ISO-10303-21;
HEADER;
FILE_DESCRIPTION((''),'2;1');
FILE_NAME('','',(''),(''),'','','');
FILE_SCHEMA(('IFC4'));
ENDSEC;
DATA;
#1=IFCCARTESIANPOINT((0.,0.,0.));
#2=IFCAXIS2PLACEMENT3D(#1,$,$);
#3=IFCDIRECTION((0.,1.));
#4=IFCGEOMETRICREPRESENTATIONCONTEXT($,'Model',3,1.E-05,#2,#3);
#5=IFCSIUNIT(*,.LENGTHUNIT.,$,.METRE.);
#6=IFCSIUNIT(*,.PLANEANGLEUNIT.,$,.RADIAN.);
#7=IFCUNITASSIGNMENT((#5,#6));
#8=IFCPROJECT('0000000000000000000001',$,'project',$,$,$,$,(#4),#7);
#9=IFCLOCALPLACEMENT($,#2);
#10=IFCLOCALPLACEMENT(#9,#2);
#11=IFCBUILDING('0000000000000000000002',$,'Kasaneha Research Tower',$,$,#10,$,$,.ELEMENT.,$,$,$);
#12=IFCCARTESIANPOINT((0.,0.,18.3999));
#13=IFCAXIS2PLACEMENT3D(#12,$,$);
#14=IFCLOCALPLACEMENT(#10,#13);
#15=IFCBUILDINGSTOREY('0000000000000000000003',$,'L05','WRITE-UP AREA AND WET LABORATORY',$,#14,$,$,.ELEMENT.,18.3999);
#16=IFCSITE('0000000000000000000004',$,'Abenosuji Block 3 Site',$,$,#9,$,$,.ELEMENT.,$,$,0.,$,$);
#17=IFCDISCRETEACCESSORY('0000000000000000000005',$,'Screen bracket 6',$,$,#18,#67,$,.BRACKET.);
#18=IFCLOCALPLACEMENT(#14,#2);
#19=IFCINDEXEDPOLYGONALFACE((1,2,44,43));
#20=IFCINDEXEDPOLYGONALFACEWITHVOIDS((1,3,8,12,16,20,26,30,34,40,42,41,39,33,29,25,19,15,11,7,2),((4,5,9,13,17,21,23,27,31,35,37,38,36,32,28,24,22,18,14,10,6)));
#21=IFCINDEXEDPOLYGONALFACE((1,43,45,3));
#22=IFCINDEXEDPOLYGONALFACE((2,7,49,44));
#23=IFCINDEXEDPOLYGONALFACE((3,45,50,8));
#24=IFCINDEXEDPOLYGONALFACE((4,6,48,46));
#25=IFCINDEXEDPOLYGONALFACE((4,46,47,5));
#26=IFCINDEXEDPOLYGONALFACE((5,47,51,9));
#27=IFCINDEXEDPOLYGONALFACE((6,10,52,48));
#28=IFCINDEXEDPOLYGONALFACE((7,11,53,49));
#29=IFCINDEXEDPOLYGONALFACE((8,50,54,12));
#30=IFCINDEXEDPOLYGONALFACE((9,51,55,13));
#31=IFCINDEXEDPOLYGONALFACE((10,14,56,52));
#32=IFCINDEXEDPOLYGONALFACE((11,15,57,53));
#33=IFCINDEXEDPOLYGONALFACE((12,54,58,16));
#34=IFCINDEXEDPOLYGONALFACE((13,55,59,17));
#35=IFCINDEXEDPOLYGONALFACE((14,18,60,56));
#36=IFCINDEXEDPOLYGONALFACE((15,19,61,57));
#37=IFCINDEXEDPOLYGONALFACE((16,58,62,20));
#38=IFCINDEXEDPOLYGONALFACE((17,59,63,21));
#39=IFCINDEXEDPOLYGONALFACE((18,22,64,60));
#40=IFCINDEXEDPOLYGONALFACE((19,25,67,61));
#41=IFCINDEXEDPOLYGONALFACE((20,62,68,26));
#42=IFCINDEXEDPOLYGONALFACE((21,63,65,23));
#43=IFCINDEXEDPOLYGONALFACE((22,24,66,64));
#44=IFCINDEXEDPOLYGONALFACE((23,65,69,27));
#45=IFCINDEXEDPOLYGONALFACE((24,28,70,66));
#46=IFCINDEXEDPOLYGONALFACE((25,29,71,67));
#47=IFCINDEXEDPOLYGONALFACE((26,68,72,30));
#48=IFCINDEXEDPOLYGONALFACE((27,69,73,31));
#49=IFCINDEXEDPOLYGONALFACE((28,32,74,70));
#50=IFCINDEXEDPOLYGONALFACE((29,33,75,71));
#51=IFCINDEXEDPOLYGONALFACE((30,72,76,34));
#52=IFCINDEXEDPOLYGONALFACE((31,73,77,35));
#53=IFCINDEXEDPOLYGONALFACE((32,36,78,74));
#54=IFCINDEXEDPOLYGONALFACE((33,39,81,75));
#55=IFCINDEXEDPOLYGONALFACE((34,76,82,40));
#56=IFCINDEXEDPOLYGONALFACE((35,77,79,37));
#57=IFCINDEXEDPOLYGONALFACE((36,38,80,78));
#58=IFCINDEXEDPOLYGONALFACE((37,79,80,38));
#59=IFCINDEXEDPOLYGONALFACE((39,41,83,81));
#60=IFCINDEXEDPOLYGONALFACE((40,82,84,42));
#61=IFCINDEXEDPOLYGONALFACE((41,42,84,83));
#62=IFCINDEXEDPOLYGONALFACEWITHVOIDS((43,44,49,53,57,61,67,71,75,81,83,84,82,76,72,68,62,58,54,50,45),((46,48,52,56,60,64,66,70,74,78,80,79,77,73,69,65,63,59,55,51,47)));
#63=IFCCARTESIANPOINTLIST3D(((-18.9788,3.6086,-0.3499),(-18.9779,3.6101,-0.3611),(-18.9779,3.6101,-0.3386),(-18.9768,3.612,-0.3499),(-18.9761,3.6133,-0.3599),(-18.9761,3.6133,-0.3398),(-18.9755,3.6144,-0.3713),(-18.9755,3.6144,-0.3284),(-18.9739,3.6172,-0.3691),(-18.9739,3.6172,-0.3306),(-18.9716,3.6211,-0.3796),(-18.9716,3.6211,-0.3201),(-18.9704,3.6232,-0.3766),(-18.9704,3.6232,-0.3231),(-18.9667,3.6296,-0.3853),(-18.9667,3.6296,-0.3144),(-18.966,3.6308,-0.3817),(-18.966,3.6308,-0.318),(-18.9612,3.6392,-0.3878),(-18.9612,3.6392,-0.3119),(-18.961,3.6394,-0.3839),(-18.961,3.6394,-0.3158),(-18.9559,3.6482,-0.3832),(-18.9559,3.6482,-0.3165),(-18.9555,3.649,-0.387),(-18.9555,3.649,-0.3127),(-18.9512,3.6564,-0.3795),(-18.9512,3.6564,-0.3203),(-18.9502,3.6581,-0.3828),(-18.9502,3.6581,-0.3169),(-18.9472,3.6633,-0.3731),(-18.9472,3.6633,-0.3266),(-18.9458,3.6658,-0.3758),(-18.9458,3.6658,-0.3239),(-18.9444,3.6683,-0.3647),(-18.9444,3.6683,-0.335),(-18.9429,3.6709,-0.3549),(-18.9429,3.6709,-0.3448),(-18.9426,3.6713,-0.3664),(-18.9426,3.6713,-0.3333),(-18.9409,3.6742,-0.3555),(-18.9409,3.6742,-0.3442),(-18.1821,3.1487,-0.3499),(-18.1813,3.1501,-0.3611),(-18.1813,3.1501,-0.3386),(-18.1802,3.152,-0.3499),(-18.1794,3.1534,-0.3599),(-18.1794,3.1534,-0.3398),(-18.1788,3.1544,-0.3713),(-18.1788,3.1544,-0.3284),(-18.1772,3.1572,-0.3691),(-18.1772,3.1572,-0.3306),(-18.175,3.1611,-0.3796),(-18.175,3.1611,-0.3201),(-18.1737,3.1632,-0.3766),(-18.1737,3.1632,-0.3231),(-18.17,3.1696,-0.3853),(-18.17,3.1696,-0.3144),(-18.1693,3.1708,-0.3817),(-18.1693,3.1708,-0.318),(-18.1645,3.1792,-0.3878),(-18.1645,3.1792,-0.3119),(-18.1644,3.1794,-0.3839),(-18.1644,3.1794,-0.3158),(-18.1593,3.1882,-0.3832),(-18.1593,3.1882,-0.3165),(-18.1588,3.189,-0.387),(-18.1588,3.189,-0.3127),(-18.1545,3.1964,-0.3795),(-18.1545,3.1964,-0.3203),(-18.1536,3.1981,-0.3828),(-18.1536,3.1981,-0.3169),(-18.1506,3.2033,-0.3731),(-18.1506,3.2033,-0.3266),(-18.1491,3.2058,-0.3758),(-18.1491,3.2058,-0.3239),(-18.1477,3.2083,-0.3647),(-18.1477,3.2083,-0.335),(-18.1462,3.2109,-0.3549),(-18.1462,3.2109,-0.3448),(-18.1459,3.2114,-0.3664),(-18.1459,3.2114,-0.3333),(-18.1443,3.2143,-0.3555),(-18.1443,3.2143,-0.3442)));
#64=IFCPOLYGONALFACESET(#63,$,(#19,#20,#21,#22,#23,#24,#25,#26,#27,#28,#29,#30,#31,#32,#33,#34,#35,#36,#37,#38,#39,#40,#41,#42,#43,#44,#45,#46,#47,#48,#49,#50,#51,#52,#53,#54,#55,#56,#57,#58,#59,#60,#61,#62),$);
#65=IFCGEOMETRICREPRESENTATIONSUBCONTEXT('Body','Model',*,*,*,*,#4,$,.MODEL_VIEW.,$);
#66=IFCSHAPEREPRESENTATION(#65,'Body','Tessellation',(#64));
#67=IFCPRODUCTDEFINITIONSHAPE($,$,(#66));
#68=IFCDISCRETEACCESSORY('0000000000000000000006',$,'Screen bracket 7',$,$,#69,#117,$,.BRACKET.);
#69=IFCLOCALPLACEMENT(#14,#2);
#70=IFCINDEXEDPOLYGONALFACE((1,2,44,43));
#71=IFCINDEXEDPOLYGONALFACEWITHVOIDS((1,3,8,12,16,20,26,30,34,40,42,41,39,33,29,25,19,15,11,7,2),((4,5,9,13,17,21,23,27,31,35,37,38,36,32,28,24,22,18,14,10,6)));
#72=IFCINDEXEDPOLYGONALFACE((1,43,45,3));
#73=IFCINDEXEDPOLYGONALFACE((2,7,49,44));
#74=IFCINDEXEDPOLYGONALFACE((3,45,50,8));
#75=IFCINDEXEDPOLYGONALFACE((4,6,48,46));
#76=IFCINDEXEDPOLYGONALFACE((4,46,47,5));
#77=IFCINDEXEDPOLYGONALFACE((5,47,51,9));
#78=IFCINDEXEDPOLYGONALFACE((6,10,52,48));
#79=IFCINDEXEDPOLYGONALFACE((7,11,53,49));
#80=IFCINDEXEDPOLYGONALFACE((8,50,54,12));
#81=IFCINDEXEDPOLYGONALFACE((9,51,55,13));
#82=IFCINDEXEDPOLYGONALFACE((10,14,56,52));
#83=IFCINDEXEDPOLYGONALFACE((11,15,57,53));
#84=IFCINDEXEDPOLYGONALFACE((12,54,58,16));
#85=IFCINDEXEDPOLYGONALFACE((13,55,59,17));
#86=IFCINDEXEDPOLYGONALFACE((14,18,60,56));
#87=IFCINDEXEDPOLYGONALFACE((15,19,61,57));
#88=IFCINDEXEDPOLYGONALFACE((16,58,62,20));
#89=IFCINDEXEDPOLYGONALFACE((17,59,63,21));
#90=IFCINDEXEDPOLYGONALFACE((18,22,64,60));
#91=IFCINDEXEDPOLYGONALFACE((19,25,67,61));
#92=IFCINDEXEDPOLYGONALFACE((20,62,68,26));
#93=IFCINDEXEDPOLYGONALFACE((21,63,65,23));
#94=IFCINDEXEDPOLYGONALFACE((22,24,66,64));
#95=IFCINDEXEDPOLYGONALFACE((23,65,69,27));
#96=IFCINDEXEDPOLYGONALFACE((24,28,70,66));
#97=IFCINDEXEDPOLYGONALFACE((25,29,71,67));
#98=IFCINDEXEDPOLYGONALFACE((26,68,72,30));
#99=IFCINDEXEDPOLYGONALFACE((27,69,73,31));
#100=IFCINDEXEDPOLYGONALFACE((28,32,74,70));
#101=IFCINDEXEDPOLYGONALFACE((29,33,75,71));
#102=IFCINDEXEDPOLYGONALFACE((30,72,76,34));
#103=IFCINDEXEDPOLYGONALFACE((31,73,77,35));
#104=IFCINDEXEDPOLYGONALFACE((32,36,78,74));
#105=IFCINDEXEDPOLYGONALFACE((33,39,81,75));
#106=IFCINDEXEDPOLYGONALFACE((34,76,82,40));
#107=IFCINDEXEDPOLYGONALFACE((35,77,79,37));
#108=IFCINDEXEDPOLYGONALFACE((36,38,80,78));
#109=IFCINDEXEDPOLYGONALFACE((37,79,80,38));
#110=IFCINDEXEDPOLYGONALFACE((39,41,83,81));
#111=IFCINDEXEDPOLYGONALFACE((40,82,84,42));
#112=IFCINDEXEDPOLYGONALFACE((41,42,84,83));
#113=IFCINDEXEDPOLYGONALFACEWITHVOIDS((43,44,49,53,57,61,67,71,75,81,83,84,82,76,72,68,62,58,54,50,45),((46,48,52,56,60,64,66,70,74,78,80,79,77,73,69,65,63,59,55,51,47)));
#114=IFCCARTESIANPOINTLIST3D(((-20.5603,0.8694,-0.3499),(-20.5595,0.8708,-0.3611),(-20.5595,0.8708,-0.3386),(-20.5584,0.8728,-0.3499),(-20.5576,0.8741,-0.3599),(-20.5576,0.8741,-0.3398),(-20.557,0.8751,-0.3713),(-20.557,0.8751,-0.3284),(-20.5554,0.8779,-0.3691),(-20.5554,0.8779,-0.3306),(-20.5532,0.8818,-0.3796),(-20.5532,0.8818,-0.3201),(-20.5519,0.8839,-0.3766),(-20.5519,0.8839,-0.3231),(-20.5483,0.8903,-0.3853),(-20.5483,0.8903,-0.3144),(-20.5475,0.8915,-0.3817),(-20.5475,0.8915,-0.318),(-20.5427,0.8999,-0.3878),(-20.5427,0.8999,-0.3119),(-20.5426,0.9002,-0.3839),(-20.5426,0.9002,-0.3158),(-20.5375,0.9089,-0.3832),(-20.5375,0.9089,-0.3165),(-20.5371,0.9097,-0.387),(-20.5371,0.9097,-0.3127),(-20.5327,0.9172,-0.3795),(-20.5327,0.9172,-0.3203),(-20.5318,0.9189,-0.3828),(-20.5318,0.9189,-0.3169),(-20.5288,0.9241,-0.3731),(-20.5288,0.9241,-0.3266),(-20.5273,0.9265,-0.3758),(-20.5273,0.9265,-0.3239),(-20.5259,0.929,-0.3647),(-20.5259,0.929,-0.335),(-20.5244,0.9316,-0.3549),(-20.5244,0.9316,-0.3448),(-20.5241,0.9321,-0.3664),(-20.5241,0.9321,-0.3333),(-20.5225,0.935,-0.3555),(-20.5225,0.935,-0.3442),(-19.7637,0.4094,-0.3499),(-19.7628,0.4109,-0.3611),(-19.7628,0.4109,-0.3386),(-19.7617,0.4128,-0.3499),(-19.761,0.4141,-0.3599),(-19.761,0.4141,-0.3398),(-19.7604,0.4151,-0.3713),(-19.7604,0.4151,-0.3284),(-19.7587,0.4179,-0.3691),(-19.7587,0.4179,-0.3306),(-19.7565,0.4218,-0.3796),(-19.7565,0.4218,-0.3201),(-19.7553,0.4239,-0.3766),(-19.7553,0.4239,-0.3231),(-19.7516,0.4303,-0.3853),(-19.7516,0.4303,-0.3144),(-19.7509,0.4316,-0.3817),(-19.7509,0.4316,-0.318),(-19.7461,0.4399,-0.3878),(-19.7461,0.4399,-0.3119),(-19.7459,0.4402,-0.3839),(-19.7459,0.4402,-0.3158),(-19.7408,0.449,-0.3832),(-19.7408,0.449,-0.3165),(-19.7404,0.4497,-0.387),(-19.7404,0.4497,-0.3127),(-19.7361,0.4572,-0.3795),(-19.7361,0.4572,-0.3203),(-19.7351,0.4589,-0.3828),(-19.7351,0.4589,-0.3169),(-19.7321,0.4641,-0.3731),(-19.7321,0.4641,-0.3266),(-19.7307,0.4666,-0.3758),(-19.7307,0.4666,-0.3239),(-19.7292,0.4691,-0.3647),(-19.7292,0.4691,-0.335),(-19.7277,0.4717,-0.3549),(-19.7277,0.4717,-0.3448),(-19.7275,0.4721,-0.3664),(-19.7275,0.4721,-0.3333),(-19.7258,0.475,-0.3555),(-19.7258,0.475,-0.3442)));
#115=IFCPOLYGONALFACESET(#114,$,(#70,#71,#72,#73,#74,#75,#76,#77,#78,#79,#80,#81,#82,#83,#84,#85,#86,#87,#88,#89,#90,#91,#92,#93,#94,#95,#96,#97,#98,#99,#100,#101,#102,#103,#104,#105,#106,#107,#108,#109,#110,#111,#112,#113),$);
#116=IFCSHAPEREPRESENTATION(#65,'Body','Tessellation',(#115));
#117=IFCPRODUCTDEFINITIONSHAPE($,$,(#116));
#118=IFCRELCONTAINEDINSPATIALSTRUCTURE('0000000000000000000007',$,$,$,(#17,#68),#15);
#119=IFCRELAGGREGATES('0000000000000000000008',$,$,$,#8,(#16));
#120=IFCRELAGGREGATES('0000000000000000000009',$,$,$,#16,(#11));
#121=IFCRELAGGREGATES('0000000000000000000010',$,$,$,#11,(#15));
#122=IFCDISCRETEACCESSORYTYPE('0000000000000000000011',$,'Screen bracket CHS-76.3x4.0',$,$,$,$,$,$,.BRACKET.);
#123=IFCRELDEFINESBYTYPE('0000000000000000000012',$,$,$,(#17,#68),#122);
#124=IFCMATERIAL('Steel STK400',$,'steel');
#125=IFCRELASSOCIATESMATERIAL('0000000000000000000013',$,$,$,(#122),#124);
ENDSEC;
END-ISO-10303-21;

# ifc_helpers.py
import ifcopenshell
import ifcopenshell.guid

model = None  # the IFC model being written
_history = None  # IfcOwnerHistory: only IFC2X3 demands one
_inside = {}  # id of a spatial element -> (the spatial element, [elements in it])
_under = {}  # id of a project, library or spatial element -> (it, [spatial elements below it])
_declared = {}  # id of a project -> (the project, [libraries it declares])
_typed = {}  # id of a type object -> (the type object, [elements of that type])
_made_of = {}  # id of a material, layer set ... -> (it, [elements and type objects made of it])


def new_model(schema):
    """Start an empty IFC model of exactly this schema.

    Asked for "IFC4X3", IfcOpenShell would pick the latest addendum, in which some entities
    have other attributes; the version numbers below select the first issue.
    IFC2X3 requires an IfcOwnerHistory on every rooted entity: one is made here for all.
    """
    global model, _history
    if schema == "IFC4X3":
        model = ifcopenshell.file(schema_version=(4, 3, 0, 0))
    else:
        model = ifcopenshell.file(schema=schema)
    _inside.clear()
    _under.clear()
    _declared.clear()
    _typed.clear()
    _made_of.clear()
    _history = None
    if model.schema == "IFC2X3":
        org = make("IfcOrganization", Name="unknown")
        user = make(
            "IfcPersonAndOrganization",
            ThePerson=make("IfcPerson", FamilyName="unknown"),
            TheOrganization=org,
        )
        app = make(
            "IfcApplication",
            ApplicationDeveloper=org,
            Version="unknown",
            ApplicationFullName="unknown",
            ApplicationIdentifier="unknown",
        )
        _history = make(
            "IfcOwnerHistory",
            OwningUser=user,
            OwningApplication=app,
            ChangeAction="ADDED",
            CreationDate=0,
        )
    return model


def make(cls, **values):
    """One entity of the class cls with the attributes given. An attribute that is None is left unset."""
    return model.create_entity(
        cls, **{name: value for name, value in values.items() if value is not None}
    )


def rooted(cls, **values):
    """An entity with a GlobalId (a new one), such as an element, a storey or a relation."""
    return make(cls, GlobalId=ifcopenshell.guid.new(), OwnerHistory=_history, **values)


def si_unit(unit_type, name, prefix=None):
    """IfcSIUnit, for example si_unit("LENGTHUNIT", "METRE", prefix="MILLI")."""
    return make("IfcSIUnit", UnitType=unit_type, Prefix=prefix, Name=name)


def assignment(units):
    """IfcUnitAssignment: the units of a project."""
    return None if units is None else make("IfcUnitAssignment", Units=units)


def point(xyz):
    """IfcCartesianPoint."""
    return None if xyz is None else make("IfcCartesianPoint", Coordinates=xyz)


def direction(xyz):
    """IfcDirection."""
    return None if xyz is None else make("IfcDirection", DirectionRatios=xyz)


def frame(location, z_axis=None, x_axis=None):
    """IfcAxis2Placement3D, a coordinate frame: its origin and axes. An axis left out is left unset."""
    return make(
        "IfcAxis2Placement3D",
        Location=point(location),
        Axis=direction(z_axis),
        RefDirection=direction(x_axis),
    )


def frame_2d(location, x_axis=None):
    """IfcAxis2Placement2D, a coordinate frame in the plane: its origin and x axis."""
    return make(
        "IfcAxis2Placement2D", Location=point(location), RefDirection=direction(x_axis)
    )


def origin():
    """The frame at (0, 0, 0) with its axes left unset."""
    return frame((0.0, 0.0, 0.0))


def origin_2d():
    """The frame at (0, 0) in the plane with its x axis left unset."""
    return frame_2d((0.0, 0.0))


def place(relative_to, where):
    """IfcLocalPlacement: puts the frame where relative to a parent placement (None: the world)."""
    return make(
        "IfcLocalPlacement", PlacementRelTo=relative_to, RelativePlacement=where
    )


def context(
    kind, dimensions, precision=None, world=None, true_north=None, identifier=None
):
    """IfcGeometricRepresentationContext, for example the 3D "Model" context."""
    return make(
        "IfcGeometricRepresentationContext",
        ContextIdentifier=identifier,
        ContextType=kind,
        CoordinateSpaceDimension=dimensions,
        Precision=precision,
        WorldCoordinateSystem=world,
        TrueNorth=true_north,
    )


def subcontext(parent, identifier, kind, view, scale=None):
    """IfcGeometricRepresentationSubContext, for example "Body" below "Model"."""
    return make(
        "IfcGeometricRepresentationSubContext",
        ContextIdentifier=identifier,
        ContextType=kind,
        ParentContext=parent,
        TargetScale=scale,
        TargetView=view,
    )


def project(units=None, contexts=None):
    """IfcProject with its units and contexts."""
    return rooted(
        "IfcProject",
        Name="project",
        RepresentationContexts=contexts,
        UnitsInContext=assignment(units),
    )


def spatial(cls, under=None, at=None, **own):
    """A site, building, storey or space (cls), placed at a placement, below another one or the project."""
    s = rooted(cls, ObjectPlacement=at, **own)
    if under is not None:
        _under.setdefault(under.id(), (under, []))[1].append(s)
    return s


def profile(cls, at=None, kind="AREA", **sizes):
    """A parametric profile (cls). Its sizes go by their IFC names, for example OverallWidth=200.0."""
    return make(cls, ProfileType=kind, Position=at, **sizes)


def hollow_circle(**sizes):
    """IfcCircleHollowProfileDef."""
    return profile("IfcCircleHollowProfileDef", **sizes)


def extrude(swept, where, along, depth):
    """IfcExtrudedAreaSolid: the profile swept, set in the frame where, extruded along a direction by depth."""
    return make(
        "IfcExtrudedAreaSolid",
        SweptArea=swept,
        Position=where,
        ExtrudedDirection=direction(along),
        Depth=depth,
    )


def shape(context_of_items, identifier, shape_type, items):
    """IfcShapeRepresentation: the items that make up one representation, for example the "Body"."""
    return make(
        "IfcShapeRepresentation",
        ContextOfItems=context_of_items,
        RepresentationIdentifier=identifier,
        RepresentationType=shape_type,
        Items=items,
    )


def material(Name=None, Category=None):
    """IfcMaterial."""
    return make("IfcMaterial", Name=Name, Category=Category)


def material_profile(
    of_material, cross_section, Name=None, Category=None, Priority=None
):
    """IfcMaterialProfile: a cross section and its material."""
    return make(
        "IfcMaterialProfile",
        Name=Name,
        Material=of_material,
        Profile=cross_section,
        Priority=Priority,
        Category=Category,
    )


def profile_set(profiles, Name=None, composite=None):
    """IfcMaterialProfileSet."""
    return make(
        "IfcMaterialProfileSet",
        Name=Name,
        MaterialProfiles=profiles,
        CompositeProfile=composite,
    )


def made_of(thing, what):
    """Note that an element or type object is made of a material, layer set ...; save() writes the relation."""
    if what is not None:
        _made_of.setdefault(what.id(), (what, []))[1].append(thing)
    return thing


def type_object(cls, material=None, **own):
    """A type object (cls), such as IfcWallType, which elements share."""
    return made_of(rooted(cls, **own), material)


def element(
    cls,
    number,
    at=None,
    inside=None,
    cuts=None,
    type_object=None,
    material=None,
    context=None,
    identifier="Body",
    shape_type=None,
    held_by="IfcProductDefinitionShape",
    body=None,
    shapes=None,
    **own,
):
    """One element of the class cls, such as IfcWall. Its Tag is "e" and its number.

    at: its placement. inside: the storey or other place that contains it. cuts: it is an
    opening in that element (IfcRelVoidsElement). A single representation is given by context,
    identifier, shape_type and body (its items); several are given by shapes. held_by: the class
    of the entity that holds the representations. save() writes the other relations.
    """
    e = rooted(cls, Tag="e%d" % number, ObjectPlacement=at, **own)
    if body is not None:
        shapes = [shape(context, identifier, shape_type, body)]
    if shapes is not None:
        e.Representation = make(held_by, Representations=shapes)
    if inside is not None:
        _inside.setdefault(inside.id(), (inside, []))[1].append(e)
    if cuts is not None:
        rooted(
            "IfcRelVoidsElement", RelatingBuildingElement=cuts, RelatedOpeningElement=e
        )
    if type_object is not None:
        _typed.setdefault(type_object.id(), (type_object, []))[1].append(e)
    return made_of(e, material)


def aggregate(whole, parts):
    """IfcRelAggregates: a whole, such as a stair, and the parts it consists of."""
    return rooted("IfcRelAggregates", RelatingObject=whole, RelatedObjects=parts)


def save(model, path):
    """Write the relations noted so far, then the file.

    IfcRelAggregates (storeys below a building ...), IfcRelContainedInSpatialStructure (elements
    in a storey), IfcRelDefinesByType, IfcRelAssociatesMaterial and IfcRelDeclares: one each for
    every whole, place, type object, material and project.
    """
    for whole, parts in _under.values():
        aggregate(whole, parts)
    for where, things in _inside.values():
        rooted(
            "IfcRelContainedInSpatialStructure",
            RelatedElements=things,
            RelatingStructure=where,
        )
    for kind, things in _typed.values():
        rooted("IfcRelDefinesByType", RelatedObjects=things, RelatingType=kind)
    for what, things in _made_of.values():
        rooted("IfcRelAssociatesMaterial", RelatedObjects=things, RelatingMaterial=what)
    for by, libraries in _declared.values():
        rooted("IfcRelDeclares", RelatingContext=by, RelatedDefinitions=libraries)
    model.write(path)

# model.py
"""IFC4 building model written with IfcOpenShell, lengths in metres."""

from ifc_helpers import new_model, si_unit, direction, frame, origin, origin_2d, place, context, subcontext, project, spatial, hollow_circle, extrude, material, material_profile, profile_set, type_object, element, save


model = new_model("IFC4")

# Units and contexts
model_context = context("Model", 3, precision=1e-05, world=origin(), true_north=direction((0.0, 1.0)))
body_context = subcontext(model_context, "Body", "Model", "MODEL_VIEW")
ifc_project = project(units=[si_unit("LENGTHUNIT", "METRE"), si_unit("PLANEANGLEUNIT", "RADIAN")], contexts=[model_context])

# Site, building, storey
site_placement = place(None, origin())
site = spatial("IfcSite", under=ifc_project, at=site_placement, Name="Abenosuji Block 3 Site", CompositionType="ELEMENT", RefElevation=0.0)
building_placement = place(site_placement, origin())
building = spatial("IfcBuilding", under=site, at=building_placement, Name="Kasaneha Research Tower", CompositionType="ELEMENT")
storey_placement = place(building_placement, frame((0.0, 0.0, 18.3999)))
storey = spatial("IfcBuildingStorey", under=building, at=storey_placement, Name="L05", Description="WRITE-UP AREA AND WET LABORATORY", CompositionType="ELEMENT", Elevation=18.3999)

# Discrete accessories
ifc_material_1 = material(Name="Steel STK400", Category="steel")
ifc_material_profile_1 = material_profile(ifc_material_1, hollow_circle(Radius=0.0381, WallThickness=0.0039, at=origin_2d()), Name="CHS-76.3x4.0")
ifc_profile_set_1 = profile_set([ifc_material_profile_1], Name="Steel STK400")
discrete_accessory_type = type_object("IfcDiscreteAccessoryType", Name="Screen bracket CHS-76.3x4.0", PredefinedType="BRACKET", material=ifc_profile_set_1)
for number, where, z_axis, x_axis, name in (
    (1, (-18.1631, 3.1816, -0.3499), (-0.866013, 0.500021, 0.0), (-0.500021, -0.866013, 0.0), "Screen bracket 6"),
    (2, (-19.7446, 0.4424, -0.3499), (-0.866013, 0.500021, 0.0), (-0.500021, -0.866013, 0.0), "Screen bracket 7"),
):
    element("IfcDiscreteAccessory", number, at=place(storey_placement, frame(where, z_axis=z_axis, x_axis=x_axis)), inside=storey, type_object=discrete_accessory_type, Name=name, PredefinedType="BRACKET", context=body_context, shape_type="SweptSolid", body=[
        extrude(hollow_circle(Radius=0.0381, WallThickness=0.0039, at=origin_2d()), origin(), (0.0, 0.0, 1.0), 0.9199),
    ])

save(model, "model.ifc")
